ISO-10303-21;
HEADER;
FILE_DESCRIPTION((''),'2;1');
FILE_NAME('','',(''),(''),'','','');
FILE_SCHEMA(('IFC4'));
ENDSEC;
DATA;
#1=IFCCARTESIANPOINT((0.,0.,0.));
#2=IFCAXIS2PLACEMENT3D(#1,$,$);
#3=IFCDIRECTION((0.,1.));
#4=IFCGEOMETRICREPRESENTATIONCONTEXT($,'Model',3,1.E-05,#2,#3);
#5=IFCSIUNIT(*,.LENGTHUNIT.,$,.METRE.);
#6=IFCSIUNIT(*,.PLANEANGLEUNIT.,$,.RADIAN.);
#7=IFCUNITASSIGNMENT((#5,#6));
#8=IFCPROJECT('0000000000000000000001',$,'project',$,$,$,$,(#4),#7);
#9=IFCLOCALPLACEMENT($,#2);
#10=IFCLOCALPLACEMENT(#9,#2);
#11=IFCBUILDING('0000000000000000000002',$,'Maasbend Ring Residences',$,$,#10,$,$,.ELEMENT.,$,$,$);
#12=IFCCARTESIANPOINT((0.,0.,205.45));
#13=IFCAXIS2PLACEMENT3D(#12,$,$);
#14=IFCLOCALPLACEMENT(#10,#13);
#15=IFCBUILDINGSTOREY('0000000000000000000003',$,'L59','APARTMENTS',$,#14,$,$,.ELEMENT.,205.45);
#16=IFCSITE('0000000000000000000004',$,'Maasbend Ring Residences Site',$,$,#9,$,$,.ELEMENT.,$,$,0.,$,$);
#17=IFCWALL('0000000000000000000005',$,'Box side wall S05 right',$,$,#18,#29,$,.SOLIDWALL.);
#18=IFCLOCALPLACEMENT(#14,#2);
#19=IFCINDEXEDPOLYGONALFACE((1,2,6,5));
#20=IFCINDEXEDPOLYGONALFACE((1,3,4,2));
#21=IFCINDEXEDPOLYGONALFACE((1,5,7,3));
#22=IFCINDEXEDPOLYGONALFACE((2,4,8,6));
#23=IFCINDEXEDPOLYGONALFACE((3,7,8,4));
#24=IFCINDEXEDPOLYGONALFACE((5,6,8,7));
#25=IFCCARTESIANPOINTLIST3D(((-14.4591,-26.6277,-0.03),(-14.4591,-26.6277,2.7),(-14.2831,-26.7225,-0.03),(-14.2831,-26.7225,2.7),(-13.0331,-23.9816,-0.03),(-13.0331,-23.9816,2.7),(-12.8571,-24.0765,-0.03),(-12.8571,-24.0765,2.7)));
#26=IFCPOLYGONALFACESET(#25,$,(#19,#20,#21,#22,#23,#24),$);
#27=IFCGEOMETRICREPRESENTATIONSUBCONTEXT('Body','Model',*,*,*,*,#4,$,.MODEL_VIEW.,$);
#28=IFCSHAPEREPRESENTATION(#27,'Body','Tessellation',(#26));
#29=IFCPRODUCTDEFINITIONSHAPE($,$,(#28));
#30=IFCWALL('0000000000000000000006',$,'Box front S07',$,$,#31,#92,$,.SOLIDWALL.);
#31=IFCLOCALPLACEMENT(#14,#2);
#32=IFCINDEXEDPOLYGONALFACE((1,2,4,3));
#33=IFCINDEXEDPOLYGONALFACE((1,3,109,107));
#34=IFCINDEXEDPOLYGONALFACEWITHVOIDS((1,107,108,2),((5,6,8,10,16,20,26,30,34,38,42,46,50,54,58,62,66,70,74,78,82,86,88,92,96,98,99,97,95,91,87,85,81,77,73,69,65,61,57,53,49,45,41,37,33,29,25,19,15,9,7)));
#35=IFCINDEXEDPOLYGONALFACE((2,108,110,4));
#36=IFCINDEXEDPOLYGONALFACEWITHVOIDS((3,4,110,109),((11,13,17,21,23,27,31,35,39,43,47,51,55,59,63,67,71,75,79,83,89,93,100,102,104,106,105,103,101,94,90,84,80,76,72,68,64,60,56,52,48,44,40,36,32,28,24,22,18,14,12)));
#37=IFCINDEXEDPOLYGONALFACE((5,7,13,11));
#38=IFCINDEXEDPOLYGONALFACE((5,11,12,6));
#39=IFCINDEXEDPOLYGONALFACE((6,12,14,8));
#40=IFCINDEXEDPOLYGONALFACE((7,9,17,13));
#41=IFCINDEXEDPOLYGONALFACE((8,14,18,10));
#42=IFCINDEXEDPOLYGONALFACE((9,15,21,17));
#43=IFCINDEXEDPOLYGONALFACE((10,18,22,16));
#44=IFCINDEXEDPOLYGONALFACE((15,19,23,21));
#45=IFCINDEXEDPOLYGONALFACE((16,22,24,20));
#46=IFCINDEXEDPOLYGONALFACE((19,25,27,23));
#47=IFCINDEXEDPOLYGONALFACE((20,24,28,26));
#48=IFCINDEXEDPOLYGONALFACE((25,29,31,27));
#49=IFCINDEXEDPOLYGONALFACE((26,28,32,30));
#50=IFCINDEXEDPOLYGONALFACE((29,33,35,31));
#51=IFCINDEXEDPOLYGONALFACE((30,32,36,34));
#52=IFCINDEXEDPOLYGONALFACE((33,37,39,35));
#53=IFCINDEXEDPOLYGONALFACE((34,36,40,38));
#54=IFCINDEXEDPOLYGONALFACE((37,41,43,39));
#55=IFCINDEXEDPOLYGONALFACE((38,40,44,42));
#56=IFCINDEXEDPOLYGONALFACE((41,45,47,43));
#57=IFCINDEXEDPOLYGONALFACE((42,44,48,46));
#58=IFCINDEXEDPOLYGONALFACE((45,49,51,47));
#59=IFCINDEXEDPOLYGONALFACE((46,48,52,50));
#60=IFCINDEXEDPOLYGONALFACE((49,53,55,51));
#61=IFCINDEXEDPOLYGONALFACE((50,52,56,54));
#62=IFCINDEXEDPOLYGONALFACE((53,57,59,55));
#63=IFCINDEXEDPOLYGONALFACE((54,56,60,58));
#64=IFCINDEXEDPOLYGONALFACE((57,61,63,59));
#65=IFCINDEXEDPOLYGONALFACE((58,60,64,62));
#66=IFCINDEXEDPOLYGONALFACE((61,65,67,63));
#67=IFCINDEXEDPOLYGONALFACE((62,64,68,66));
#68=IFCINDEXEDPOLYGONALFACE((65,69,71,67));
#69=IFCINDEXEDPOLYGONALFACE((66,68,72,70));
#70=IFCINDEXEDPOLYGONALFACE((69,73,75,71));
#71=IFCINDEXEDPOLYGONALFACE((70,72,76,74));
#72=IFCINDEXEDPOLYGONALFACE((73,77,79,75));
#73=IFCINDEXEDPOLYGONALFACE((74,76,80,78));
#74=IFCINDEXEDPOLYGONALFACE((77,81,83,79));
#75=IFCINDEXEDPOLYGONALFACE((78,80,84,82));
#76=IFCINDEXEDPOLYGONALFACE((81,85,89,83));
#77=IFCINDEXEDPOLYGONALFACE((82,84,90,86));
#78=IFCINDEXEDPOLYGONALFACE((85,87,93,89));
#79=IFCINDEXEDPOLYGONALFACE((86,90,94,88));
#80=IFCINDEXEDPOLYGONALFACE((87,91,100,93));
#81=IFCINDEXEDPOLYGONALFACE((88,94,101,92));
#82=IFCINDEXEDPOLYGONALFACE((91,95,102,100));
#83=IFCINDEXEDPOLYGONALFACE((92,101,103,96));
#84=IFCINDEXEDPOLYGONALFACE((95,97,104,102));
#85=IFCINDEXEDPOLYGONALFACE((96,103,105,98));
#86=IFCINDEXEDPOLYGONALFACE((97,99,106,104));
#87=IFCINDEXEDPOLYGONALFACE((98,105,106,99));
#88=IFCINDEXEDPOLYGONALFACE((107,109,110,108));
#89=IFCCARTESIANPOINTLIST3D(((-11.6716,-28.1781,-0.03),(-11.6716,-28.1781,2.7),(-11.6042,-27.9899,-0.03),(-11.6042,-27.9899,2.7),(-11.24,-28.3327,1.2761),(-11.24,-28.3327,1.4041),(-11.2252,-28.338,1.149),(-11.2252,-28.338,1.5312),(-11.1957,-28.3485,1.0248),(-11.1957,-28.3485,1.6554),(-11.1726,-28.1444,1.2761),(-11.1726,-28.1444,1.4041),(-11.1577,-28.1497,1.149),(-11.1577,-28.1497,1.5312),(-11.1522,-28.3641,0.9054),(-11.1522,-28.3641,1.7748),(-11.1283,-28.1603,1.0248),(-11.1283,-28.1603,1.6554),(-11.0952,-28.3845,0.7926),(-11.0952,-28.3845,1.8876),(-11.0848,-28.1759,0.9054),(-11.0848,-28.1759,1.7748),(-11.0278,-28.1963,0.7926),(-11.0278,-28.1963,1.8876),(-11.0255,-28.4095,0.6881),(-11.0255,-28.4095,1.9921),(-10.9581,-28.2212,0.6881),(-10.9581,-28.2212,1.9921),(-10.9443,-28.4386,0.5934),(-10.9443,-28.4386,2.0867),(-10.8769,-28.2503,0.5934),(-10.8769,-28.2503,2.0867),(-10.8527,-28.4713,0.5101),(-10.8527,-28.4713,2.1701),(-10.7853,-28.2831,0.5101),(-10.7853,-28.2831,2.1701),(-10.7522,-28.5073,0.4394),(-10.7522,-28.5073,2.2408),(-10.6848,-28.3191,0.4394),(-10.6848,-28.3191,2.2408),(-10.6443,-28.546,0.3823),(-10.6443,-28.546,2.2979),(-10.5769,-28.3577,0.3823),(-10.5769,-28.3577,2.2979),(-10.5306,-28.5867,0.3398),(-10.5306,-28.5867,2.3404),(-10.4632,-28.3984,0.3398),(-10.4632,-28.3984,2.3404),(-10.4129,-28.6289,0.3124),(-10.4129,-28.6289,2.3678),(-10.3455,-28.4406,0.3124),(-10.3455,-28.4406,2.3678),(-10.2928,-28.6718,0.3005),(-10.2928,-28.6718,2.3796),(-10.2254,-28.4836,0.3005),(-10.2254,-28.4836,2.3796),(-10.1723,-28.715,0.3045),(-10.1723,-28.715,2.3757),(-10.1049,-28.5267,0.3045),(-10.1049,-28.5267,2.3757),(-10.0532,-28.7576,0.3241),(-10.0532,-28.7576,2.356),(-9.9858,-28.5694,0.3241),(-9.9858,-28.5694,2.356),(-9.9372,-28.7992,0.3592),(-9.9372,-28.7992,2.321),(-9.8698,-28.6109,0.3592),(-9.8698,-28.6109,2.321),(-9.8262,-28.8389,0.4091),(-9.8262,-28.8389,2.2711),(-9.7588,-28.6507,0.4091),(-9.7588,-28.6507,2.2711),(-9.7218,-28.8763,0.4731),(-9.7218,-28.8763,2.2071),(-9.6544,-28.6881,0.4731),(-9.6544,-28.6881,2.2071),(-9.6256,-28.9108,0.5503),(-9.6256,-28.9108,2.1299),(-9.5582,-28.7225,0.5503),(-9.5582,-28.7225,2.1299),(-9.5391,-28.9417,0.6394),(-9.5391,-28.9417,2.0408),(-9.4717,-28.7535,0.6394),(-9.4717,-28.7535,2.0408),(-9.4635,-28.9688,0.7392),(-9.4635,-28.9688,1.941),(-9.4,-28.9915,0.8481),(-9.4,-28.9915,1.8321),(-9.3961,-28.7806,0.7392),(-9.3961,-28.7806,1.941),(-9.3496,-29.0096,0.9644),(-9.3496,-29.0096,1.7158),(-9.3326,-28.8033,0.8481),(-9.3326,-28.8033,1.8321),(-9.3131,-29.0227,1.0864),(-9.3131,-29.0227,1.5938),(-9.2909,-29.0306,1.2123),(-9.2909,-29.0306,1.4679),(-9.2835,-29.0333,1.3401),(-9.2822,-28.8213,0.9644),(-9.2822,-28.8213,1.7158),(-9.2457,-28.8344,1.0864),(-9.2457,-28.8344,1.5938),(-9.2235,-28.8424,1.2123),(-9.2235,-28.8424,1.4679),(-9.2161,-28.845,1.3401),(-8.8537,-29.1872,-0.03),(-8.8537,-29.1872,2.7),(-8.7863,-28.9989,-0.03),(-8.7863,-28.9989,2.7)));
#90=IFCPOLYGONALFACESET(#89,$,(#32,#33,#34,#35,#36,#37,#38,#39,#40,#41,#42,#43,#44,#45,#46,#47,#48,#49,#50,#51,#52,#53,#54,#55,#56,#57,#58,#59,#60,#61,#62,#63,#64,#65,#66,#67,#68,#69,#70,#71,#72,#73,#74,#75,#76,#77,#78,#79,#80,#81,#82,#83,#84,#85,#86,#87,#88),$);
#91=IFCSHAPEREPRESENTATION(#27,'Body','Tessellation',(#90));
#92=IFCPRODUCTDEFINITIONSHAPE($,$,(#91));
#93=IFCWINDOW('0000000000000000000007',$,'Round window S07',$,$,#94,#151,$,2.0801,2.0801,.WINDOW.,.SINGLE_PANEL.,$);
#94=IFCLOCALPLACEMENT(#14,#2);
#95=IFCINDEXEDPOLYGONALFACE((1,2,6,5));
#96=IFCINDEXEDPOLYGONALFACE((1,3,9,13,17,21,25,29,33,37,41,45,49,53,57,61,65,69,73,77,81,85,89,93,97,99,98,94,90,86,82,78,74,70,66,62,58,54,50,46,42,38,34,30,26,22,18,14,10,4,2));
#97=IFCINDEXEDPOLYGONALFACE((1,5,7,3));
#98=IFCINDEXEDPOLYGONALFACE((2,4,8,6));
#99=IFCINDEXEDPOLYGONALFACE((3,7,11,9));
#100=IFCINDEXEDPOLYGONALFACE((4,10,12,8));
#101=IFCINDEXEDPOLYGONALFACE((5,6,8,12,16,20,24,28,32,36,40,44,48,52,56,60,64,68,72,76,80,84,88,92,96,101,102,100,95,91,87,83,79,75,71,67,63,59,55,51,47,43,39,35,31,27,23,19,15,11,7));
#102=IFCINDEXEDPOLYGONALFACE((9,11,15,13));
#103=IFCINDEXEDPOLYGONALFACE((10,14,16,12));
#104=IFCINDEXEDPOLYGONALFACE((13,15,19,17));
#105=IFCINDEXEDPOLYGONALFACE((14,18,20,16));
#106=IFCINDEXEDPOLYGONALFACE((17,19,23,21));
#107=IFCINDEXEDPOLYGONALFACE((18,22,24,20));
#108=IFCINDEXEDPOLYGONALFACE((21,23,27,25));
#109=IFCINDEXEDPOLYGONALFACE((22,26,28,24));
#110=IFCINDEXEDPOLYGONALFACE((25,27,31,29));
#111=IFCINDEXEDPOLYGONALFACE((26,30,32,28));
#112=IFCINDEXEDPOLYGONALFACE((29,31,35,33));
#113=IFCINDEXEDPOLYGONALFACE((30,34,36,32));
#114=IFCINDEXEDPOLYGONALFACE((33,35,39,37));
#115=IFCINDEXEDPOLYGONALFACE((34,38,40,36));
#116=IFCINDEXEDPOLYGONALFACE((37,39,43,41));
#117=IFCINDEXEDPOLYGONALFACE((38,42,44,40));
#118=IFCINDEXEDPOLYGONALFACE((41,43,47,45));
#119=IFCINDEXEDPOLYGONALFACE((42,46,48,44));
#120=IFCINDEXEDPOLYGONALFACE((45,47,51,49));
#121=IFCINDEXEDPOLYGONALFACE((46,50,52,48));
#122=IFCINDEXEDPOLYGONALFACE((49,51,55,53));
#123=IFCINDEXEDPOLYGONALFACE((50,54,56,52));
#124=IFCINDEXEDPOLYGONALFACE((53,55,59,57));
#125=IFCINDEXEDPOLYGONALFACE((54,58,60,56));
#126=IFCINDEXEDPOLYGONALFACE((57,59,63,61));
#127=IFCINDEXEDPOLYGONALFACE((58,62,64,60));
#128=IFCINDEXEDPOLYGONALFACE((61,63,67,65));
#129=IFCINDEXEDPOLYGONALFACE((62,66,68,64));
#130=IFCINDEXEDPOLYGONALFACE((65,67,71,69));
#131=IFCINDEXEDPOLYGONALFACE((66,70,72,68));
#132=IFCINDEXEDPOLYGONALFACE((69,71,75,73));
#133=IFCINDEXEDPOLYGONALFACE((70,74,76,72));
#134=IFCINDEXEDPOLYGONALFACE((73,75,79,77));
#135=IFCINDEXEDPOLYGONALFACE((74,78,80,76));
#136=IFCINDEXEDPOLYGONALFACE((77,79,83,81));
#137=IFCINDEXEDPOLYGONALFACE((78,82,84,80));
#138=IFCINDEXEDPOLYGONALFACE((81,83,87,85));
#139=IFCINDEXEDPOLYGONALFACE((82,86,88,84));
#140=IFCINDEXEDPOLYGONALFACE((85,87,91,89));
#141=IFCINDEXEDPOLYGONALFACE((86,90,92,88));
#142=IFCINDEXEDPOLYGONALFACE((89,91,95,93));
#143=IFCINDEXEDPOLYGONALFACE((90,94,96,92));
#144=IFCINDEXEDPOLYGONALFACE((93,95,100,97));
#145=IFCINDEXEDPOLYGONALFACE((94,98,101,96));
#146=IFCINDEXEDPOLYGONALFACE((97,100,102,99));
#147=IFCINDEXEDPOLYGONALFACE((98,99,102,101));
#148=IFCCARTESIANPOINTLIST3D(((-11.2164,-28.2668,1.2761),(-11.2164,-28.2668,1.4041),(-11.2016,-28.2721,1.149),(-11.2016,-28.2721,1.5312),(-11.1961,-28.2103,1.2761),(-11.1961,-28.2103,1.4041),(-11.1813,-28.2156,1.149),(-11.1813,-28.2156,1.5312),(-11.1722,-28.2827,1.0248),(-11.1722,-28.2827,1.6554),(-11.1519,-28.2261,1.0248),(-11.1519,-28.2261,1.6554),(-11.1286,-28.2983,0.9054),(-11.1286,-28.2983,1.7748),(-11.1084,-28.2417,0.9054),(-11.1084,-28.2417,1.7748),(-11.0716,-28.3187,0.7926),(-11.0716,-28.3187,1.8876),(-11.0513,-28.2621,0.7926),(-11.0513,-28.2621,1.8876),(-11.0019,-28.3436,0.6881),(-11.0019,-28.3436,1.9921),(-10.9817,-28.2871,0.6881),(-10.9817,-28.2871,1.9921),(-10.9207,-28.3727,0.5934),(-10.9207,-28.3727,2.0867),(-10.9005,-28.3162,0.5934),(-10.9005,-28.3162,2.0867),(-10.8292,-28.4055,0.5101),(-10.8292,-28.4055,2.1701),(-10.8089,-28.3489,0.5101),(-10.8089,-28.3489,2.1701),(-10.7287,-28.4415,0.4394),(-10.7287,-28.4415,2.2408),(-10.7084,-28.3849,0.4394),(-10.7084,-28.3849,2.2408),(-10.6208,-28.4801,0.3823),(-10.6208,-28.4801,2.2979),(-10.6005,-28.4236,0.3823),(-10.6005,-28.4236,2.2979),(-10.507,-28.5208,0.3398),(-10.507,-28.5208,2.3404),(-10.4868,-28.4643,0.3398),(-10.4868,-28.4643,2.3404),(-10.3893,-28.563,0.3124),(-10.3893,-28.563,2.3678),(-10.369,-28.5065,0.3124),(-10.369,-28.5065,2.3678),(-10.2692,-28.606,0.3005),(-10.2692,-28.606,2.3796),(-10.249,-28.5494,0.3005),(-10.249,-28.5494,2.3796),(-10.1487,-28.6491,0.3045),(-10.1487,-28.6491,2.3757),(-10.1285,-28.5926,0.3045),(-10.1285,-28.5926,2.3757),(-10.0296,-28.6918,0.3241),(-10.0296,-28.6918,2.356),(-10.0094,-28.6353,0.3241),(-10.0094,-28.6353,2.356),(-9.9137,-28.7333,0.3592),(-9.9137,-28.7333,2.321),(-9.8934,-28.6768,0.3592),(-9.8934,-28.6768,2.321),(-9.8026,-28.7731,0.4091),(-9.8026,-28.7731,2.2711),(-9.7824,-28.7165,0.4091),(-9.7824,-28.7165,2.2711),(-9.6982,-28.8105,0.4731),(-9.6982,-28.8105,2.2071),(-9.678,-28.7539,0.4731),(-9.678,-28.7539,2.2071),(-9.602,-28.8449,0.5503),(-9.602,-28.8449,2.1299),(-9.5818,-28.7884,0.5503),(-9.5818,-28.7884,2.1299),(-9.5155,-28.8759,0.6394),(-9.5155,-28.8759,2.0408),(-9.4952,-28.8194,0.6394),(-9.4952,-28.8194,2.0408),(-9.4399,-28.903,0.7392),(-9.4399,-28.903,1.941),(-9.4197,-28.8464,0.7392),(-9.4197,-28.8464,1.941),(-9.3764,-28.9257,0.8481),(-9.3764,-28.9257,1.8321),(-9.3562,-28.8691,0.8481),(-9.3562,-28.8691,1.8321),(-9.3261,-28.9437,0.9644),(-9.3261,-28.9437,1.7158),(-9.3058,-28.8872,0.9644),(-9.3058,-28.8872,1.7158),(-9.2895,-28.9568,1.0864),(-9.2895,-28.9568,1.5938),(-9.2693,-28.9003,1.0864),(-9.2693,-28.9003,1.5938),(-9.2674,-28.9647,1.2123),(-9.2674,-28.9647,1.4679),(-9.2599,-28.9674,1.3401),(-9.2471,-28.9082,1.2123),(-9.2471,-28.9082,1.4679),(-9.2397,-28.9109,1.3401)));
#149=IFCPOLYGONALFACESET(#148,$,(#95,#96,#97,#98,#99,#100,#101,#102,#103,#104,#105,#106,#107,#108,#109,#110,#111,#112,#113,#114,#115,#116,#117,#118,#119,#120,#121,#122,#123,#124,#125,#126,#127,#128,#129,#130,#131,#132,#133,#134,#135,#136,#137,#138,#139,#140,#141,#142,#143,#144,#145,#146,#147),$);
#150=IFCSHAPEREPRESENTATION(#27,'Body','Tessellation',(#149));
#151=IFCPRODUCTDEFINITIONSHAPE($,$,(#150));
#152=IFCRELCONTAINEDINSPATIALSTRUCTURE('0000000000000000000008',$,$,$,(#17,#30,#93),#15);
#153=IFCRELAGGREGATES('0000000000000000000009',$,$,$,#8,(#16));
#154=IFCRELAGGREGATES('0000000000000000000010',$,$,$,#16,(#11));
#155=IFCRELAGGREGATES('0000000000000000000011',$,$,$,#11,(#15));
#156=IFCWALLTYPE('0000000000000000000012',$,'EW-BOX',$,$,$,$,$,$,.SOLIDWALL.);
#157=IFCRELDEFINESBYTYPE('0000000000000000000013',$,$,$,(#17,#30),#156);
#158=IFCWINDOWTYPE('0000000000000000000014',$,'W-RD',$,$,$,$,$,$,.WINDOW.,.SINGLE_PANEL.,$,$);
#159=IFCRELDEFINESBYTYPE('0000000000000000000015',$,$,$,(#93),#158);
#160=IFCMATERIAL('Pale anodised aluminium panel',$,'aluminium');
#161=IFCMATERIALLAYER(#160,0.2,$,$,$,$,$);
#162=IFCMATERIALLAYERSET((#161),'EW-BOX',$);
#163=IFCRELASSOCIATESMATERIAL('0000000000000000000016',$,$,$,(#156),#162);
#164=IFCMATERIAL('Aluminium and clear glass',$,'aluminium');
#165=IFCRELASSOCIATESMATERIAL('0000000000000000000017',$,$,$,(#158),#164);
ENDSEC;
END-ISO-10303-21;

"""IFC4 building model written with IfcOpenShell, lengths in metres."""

from ifc_helpers import new_model, si_unit, direction, frame, frame_2d, origin, place, context, subcontext, project, spatial, rectangle, circle, extrude, material, layer, layer_set, type_object, element, fill, save


model = new_model("IFC4")

# Units and contexts
model_context = context("Model", 3, precision=1e-05, world=origin(), true_north=direction((0.0, 1.0)))
body_context = subcontext(model_context, "Body", "Model", "MODEL_VIEW")
ifc_project = project(units=[si_unit("LENGTHUNIT", "METRE"), si_unit("PLANEANGLEUNIT", "RADIAN")], contexts=[model_context])

# Site, building, storey
site_placement = place(None, origin())
site = spatial("IfcSite", under=ifc_project, at=site_placement, Name="Maasbend Ring Residences Site", CompositionType="ELEMENT", RefElevation=0.0)
building_placement = place(site_placement, origin())
building = spatial("IfcBuilding", under=site, at=building_placement, Name="Maasbend Ring Residences", CompositionType="ELEMENT")
storey_placement = place(building_placement, frame((0.0, 0.0, 205.45)))
storey = spatial("IfcBuildingStorey", under=building, at=storey_placement, Name="L59", Description="APARTMENTS", CompositionType="ELEMENT", Elevation=205.45)

# Shared definitions
ifc_material_1 = material(Name="Pale anodised aluminium panel", Category="aluminium")
ifc_layer_1 = layer(ifc_material_1, 0.2)
ifc_layer_set_1 = layer_set([ifc_layer_1], Name="EW-BOX")
wall_type_1 = type_object("IfcWallType", Name="EW-BOX", PredefinedType="SOLIDWALL", material=ifc_layer_set_1)
ifc_material_2 = material(Name="Aluminium and clear glass", Category="aluminium")
window_type_1 = type_object("IfcWindowType", Name="W-RD", PartitioningType="SINGLE_PANEL", PredefinedType="WINDOW", material=ifc_material_2)

# Wall
wall_1_placement = place(storey_placement, frame((-12.9451, -24.0291, -0.03), z_axis=(0.0, 0.0, 1.0), x_axis=(-0.474424, -0.880296, 0.0)))
element("IfcWall", 1, at=wall_1_placement, inside=storey, type_object=wall_type_1, Name="Box side wall S05 right", PredefinedType="SOLIDWALL", context=body_context, shape_type="SweptSolid", body=[
    extrude(rectangle(XDim=3.0059, YDim=0.2, at=frame_2d((1.5029, 0.0))), origin(), (0.0, 0.0, 1.0), 2.73),
])

# Wall, opening, window
wall_2_placement = place(storey_placement, frame((-11.6379, -28.084, -0.03), z_axis=(0.0, 0.0, 1.0), x_axis=(0.941461, -0.337122, 0.0)))
wall_2 = element("IfcWall", 2, at=wall_2_placement, inside=storey, type_object=wall_type_1, Name="Box front S07", PredefinedType="SOLIDWALL", context=body_context, shape_type="SweptSolid", body=[
    extrude(rectangle(XDim=2.9932, YDim=0.2, at=frame_2d((1.4966, 0.0))), origin(), (0.0, 0.0, 1.0), 2.73),
])
opening_1_placement = place(wall_2_placement, frame((0.4565, 0.0, 0.3301)))
opening_1 = element("IfcOpeningElement", 3, at=opening_1_placement, cuts=wall_2, PredefinedType="OPENING", context=body_context, shape_type="SweptSolid", body=[
    extrude(circle(Radius=1.04, at=frame_2d((1.04, 1.04))), frame((0.0, 0.1099, 0.0), z_axis=(0.0, -1.0, 0.0), x_axis=(1.0, 0.0, 0.0)), (0.0, 0.0, 1.0), 0.22),
])
window_1_placement = place(opening_1_placement, origin())
window_1 = element("IfcWindow", 4, at=window_1_placement, inside=storey, type_object=window_type_1, Name="Round window S07", OverallHeight=2.0801, OverallWidth=2.0801, PartitioningType="SINGLE_PANEL", PredefinedType="WINDOW", context=body_context, shape_type="SweptSolid", body=[
    extrude(circle(Radius=1.04, at=frame_2d((1.04, 1.04))), frame((0.0, 0.03, 0.0), z_axis=(0.0, -1.0, 0.0), x_axis=(1.0, 0.0, 0.0)), (0.0, 0.0, 1.0), 0.0601),
])
fill(opening_1, window_1)

save(model, "model.ifc")
